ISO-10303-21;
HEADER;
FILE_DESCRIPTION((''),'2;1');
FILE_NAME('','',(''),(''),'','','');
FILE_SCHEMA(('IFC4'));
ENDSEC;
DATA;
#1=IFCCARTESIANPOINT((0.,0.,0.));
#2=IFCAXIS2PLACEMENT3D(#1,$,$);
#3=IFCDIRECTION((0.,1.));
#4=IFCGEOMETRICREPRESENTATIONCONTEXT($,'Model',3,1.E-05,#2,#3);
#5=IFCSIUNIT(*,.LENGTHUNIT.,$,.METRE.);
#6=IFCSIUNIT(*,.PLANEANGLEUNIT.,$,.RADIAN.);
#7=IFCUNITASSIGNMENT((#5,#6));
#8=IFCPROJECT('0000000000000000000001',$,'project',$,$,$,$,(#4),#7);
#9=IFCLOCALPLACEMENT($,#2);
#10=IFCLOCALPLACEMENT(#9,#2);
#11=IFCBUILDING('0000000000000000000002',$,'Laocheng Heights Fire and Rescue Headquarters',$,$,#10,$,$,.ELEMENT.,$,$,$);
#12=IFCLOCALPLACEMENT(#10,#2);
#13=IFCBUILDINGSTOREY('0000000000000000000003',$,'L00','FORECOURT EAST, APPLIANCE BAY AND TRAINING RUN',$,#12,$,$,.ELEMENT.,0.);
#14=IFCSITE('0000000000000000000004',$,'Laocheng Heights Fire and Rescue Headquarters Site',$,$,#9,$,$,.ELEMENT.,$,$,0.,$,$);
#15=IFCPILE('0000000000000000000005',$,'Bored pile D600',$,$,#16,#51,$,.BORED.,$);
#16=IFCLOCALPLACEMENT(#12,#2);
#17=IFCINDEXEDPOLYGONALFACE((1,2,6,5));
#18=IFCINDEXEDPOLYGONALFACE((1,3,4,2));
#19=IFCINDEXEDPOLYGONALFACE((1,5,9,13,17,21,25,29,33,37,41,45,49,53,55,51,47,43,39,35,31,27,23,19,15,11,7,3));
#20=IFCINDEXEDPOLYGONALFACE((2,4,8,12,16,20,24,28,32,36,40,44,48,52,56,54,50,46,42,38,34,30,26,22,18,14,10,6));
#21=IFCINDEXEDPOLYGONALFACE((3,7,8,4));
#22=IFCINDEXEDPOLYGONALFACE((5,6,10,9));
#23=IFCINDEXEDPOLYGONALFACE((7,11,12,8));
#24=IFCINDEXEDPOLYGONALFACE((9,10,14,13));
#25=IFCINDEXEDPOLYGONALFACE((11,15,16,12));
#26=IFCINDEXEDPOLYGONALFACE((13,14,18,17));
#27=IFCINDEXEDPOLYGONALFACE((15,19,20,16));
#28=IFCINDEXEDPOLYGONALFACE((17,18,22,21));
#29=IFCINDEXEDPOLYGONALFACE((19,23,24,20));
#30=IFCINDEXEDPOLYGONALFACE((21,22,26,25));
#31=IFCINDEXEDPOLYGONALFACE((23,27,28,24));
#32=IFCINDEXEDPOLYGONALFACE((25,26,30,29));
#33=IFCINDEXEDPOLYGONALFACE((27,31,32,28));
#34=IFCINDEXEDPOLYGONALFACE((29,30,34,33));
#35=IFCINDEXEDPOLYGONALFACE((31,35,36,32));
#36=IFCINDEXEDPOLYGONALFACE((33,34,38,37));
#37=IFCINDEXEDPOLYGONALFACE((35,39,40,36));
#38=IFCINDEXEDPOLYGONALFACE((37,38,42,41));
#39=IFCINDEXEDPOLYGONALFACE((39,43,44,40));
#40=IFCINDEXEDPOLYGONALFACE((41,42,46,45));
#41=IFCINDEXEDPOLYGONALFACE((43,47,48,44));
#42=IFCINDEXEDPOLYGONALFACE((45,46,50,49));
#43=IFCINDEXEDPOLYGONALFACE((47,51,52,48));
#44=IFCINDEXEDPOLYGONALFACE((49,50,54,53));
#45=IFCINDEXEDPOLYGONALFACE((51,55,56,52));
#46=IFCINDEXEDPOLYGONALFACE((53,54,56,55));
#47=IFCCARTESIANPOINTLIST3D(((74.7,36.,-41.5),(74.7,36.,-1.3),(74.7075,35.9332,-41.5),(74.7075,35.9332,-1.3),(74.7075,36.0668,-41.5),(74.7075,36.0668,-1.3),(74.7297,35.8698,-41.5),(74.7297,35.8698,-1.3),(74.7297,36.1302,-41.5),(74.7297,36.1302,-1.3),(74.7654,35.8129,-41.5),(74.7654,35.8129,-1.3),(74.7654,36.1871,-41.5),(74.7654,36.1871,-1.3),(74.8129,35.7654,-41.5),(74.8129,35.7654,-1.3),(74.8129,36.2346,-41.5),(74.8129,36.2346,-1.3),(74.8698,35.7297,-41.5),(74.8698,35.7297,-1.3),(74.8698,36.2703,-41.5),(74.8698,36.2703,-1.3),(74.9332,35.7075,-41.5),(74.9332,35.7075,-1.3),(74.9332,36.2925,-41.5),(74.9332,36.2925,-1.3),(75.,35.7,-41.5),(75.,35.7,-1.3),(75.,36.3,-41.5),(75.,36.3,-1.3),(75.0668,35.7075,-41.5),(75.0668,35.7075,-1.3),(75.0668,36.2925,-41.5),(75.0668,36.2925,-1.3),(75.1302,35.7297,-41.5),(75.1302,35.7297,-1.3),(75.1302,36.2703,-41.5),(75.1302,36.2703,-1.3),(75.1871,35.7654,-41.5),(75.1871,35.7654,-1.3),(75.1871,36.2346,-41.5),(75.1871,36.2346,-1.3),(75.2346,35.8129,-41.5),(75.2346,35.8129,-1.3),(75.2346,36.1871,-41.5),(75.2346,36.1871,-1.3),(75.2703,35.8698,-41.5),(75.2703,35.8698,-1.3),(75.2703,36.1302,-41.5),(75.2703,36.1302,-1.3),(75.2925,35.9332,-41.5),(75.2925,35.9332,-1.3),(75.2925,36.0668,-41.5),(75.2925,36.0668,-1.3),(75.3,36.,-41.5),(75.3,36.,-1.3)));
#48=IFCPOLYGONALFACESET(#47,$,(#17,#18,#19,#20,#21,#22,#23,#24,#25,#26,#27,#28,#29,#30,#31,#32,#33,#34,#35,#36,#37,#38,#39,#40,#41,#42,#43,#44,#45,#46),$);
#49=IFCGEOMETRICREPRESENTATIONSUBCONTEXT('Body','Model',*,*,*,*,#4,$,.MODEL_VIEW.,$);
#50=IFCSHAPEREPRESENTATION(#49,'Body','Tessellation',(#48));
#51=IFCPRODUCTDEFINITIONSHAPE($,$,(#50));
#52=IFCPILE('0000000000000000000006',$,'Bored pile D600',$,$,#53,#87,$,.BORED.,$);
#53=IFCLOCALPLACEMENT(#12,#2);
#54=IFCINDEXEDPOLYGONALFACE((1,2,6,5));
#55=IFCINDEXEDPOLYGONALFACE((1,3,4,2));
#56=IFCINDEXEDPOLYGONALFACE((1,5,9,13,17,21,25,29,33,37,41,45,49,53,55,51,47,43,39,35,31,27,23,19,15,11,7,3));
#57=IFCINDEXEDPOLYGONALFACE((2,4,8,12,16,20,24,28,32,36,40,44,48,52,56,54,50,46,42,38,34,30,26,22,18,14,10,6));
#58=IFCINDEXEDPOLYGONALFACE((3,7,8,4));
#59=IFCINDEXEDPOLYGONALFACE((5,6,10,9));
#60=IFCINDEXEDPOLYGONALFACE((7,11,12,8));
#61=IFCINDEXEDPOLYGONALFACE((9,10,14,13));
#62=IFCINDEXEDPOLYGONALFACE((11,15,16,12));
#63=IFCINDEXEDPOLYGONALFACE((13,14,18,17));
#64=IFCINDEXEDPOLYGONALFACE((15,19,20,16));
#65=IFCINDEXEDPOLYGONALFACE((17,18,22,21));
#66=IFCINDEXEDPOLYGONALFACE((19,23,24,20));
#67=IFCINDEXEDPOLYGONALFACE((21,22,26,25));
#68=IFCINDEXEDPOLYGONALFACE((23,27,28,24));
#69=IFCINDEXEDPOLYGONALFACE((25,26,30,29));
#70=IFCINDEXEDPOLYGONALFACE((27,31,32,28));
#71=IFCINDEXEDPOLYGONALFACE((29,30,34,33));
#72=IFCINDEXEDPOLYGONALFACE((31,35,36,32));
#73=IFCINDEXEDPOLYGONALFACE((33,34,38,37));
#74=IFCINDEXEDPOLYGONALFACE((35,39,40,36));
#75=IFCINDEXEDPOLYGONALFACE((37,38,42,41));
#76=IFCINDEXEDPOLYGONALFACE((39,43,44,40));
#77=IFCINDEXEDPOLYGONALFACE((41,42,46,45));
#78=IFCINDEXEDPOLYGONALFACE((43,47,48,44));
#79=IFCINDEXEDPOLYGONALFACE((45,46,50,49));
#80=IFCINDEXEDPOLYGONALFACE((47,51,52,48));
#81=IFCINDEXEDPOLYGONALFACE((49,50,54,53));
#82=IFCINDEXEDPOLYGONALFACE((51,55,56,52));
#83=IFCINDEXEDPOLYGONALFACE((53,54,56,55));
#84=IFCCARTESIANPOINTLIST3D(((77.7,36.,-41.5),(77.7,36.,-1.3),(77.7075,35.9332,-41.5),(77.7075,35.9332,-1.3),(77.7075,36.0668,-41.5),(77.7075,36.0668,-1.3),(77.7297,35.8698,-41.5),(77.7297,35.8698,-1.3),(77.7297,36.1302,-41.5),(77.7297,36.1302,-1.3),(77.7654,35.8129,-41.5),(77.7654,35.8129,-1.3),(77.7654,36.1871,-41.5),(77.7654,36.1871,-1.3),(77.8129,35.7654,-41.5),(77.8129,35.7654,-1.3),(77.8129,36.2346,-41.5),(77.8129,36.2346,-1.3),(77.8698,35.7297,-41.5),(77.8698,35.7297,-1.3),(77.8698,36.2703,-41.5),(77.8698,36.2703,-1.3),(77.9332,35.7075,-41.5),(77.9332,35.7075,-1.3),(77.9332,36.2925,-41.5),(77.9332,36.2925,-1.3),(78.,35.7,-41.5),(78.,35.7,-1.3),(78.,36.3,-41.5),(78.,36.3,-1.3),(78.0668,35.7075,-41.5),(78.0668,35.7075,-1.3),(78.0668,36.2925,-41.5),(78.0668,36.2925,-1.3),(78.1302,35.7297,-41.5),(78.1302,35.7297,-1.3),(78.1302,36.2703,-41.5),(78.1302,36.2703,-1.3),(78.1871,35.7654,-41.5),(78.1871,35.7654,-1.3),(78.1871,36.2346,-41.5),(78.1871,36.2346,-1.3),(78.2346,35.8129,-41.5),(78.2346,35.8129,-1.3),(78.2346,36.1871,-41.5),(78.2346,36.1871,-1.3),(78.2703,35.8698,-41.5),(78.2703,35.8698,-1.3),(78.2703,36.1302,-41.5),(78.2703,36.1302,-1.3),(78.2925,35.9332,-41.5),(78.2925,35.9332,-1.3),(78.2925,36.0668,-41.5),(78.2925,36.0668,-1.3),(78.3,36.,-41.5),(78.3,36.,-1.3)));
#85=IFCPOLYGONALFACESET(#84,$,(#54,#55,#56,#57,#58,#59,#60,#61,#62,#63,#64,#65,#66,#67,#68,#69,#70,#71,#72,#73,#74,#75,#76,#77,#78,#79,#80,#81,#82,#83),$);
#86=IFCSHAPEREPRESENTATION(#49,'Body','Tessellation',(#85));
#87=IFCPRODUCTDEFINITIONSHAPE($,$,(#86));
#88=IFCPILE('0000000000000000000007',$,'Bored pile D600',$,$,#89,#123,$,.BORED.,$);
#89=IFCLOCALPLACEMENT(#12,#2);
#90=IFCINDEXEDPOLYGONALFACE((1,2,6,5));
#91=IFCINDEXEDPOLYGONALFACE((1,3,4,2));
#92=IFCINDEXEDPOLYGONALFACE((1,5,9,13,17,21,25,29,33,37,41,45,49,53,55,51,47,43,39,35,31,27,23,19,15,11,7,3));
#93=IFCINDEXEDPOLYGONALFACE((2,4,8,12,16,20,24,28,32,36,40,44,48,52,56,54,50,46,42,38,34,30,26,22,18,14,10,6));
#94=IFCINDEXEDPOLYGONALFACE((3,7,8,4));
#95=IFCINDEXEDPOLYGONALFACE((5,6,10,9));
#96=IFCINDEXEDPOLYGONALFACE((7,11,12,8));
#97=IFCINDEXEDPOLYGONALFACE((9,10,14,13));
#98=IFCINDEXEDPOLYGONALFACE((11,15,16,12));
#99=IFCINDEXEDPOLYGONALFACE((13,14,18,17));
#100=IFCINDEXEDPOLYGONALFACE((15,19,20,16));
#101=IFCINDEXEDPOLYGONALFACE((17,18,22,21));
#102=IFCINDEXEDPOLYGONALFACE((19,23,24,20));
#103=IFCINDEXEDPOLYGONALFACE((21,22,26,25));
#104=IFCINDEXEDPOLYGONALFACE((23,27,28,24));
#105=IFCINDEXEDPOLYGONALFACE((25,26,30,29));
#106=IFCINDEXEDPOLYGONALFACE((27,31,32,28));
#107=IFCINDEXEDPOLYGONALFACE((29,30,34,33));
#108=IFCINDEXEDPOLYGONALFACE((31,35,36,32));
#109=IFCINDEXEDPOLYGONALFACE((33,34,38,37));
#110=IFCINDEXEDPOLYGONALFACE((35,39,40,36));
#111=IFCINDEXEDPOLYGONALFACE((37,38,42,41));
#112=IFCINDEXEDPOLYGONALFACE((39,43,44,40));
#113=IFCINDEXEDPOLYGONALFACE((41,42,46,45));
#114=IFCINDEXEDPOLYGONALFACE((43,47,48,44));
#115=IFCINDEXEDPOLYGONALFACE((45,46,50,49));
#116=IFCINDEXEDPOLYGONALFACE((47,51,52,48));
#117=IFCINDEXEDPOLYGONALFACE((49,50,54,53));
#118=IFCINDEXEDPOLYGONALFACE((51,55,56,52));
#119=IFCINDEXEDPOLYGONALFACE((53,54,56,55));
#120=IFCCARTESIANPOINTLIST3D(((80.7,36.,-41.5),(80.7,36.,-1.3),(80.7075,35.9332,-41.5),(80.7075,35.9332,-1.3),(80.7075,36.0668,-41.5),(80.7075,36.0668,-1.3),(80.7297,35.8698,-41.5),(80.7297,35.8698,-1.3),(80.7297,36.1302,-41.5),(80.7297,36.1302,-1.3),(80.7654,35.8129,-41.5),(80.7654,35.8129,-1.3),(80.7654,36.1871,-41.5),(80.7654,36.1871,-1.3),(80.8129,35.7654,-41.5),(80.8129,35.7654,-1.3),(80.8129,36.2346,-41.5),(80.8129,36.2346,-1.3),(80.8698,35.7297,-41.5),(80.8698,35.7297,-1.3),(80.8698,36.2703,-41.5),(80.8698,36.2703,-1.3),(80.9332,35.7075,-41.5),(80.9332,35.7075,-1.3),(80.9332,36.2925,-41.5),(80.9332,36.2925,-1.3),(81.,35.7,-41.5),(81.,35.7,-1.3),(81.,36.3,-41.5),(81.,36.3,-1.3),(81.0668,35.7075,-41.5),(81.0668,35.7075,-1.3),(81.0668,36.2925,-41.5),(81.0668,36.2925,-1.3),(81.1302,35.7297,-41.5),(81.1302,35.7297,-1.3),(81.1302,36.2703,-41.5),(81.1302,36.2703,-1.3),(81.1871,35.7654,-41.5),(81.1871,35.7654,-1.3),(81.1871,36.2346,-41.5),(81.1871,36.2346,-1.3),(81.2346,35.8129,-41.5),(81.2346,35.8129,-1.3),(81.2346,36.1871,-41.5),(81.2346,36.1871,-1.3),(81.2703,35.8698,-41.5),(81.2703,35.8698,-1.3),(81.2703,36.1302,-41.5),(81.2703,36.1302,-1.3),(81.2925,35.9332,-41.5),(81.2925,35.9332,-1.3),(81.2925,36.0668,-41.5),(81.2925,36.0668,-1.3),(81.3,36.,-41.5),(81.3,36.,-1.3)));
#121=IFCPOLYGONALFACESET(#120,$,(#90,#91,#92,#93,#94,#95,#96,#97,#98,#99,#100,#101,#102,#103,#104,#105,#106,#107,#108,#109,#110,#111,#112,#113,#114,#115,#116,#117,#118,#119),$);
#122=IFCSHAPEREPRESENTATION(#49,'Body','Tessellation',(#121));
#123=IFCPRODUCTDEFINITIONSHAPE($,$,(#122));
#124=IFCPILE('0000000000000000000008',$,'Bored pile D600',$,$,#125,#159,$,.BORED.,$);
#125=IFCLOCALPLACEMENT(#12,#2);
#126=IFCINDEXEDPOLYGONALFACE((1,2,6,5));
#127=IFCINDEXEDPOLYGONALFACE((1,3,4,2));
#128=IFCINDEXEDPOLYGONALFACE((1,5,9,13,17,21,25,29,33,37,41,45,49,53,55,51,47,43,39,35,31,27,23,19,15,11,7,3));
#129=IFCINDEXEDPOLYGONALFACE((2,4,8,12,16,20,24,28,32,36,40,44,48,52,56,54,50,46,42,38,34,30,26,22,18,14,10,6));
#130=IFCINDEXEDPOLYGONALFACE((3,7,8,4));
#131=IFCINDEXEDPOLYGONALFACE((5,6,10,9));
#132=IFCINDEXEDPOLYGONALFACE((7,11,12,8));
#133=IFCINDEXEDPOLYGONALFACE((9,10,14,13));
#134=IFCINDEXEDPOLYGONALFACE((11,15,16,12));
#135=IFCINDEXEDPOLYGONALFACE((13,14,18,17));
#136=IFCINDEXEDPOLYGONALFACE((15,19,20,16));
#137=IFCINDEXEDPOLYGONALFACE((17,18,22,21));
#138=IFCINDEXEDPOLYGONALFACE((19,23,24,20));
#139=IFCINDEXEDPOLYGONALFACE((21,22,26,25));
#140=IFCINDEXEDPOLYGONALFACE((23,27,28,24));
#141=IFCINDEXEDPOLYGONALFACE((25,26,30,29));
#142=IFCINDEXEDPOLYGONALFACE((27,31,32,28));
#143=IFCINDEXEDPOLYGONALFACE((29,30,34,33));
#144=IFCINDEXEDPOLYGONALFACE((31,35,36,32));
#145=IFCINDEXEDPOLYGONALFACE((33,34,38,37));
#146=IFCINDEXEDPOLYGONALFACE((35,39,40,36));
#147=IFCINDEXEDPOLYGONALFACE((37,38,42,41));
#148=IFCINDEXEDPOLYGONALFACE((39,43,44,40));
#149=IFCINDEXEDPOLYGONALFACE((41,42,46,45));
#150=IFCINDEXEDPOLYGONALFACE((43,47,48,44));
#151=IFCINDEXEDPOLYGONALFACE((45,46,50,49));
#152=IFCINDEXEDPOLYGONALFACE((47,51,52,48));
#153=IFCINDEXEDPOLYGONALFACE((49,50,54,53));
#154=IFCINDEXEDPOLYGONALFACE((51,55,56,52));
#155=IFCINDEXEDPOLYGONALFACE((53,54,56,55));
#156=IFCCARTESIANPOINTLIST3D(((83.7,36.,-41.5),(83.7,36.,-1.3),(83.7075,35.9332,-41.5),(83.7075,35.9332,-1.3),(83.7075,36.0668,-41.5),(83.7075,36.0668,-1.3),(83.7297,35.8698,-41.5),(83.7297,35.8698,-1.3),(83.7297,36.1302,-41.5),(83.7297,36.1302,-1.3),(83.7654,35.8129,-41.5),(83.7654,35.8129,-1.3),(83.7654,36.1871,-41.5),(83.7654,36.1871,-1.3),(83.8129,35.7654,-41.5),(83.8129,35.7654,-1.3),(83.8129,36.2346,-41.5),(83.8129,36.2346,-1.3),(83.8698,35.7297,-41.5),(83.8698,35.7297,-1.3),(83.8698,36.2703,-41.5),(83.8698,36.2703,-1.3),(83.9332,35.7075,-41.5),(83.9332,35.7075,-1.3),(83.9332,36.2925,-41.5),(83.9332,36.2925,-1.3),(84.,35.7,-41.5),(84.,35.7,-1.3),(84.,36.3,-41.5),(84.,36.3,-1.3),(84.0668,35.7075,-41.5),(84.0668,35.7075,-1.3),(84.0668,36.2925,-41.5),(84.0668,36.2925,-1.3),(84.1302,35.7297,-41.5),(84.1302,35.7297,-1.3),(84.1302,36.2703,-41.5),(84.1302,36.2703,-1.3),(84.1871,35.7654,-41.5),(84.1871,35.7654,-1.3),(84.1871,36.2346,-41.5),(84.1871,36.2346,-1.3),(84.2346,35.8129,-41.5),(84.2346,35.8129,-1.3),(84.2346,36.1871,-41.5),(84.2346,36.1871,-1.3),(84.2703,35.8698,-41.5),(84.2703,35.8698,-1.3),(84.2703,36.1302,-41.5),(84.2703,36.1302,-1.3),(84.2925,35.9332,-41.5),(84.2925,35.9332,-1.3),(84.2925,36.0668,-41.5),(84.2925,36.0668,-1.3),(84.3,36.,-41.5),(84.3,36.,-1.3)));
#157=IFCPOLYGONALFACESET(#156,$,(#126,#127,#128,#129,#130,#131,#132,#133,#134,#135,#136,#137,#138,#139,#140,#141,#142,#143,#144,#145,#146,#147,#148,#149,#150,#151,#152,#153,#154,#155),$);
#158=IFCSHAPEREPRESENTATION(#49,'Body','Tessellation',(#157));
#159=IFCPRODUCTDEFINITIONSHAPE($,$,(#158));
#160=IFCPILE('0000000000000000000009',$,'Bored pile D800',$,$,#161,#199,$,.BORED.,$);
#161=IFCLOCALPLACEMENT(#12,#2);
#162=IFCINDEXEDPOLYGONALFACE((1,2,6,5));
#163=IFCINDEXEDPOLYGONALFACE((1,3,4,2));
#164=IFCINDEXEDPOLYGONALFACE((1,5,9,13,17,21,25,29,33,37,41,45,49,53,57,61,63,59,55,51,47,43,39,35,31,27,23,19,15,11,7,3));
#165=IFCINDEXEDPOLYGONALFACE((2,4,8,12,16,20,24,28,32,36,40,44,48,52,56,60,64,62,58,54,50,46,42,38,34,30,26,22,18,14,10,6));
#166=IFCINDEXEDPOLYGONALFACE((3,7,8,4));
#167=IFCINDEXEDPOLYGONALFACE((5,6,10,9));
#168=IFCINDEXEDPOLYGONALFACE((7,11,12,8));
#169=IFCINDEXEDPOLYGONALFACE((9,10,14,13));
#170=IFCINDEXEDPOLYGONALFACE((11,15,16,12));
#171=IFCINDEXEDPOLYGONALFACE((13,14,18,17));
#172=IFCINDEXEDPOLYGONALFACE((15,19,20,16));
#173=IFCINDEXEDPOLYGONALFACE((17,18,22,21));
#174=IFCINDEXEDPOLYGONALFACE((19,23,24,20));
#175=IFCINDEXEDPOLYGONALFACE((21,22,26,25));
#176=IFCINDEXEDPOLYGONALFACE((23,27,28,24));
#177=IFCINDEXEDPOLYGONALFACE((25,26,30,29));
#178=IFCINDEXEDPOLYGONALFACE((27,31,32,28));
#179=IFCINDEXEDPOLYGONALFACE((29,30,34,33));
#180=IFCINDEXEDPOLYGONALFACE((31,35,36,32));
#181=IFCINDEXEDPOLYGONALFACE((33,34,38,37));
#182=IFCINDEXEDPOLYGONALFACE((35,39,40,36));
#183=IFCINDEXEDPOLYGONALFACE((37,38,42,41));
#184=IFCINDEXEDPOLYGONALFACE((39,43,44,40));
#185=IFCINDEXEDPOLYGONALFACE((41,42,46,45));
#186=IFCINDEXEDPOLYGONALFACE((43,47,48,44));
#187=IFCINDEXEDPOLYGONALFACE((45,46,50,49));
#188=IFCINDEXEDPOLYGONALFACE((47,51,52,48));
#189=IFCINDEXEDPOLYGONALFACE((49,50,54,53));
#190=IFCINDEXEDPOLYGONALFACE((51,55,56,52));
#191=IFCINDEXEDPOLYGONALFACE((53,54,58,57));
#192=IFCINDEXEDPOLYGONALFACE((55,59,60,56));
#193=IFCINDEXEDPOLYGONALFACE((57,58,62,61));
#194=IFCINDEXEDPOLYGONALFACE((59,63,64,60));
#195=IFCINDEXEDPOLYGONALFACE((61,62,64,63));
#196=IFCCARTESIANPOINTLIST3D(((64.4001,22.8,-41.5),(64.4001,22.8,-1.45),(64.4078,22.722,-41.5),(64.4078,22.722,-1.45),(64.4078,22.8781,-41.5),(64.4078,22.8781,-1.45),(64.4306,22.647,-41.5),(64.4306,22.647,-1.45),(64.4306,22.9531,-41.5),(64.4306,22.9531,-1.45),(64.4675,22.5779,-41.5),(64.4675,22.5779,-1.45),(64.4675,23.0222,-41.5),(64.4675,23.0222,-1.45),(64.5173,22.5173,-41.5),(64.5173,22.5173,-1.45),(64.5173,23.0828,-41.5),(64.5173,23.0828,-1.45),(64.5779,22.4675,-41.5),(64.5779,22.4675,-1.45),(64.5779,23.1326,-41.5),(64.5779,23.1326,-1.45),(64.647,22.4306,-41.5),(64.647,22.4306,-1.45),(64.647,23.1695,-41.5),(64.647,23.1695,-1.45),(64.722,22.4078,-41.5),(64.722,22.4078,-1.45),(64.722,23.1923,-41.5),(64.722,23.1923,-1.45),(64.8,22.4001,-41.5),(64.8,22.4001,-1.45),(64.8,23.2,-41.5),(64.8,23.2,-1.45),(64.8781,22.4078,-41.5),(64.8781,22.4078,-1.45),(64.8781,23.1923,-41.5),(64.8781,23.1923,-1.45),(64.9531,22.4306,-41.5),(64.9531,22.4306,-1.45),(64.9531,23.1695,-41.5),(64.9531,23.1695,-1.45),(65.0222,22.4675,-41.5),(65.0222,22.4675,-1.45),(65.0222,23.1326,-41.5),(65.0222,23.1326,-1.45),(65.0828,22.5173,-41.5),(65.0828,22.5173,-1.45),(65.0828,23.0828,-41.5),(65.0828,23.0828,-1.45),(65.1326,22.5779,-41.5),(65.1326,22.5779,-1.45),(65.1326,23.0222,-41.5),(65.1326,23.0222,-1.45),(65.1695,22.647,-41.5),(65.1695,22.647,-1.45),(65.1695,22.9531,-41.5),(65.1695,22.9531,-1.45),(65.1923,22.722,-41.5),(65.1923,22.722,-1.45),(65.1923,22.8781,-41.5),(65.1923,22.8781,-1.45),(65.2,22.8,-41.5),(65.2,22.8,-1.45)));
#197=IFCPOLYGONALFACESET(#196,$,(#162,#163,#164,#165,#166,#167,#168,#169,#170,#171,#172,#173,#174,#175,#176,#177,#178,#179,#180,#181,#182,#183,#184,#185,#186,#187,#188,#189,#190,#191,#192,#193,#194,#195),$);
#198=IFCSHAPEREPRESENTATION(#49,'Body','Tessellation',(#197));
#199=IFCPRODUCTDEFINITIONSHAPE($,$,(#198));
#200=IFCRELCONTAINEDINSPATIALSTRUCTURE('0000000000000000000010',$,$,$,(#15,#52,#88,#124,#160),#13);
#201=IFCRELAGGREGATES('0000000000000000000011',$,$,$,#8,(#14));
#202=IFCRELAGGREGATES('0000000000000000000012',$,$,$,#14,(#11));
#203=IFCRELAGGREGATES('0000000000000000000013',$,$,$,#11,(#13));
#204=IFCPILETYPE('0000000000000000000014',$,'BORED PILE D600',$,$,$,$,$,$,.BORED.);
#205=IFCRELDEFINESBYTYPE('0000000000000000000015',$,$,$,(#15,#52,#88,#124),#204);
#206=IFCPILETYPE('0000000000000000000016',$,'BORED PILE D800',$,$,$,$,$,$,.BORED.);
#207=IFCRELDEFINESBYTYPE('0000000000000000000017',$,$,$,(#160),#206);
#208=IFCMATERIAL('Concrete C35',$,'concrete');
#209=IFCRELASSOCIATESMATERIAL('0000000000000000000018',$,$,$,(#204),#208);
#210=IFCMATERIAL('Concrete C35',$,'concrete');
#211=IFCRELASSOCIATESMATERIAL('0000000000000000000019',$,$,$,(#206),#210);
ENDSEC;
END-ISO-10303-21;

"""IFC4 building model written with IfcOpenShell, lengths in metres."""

from ifc_helpers import new_model, si_unit, direction, frame, origin, origin_2d, place, context, subcontext, project, spatial, circle, extrude, material, material_profile, profile_set, type_object, element, save


model = new_model("IFC4")

# Units and contexts
model_context = context("Model", 3, precision=1e-05, world=origin(), true_north=direction((0.0, 1.0)))
body_context = subcontext(model_context, "Body", "Model", "MODEL_VIEW")
ifc_project = project(units=[si_unit("LENGTHUNIT", "METRE"), si_unit("PLANEANGLEUNIT", "RADIAN")], contexts=[model_context])

# Site, building, storey
site_placement = place(None, origin())
site = spatial("IfcSite", under=ifc_project, at=site_placement, Name="Laocheng Heights Fire and Rescue Headquarters Site", CompositionType="ELEMENT", RefElevation=0.0)
building_placement = place(site_placement, origin())
building = spatial("IfcBuilding", under=site, at=building_placement, Name="Laocheng Heights Fire and Rescue Headquarters", CompositionType="ELEMENT")
storey_placement = place(building_placement, origin())
storey = spatial("IfcBuildingStorey", under=building, at=storey_placement, Name="L00", Description="FORECOURT EAST, APPLIANCE BAY AND TRAINING RUN", CompositionType="ELEMENT", Elevation=0.0)

# Piles
ifc_material_1 = material(Name="Concrete C35", Category="concrete")
ifc_material_profile_1 = material_profile(ifc_material_1, circle(Radius=0.3, at=origin_2d()), Name="BORED PILE D600")
ifc_profile_set_1 = profile_set([ifc_material_profile_1], Name="Concrete C35")
pile_type_1 = type_object("IfcPileType", Name="BORED PILE D600", PredefinedType="BORED", material=ifc_profile_set_1)
for number, where, z_axis, x_axis, name in (
    (1, (75.0, 36.0, -1.3), (0.0, 0.0, -1.0), (1.0, 0.0, 0.0), "Bored pile D600"),
    (2, (78.0, 36.0, -1.3), (0.0, 0.0, -1.0), (1.0, 0.0, 0.0), "Bored pile D600"),
    (3, (81.0, 36.0, -1.3), (0.0, 0.0, -1.0), (1.0, 0.0, 0.0), "Bored pile D600"),
    (4, (84.0, 36.0, -1.3), (0.0, 0.0, -1.0), (1.0, 0.0, 0.0), "Bored pile D600"),
):
    element("IfcPile", number, at=place(storey_placement, frame(where, z_axis=z_axis, x_axis=x_axis)), inside=storey, type_object=pile_type_1, Name=name, PredefinedType="BORED", context=body_context, shape_type="SweptSolid", body=[
        extrude(circle(Radius=0.3, at=origin_2d()), origin(), (0.0, 0.0, 1.0), 40.2),
    ])
ifc_material_2 = material(Name="Concrete C35", Category="concrete")
ifc_material_profile_2 = material_profile(ifc_material_2, circle(Radius=0.3999, at=origin_2d()), Name="BORED PILE D800")
ifc_profile_set_2 = profile_set([ifc_material_profile_2], Name="Concrete C35")
pile_type_2 = type_object("IfcPileType", Name="BORED PILE D800", PredefinedType="BORED", material=ifc_profile_set_2)
for number, where, z_axis, x_axis, name in (
    (5, (64.8, 22.8, -1.45), (0.0, 0.0, -1.0), (1.0, 0.0, 0.0), "Bored pile D800"),
):
    element("IfcPile", number, at=place(storey_placement, frame(where, z_axis=z_axis, x_axis=x_axis)), inside=storey, type_object=pile_type_2, Name=name, PredefinedType="BORED", context=body_context, shape_type="SweptSolid", body=[
        extrude(circle(Radius=0.3999, at=origin_2d()), origin(), (0.0, 0.0, 1.0), 40.05),
    ])

save(model, "model.ifc")
